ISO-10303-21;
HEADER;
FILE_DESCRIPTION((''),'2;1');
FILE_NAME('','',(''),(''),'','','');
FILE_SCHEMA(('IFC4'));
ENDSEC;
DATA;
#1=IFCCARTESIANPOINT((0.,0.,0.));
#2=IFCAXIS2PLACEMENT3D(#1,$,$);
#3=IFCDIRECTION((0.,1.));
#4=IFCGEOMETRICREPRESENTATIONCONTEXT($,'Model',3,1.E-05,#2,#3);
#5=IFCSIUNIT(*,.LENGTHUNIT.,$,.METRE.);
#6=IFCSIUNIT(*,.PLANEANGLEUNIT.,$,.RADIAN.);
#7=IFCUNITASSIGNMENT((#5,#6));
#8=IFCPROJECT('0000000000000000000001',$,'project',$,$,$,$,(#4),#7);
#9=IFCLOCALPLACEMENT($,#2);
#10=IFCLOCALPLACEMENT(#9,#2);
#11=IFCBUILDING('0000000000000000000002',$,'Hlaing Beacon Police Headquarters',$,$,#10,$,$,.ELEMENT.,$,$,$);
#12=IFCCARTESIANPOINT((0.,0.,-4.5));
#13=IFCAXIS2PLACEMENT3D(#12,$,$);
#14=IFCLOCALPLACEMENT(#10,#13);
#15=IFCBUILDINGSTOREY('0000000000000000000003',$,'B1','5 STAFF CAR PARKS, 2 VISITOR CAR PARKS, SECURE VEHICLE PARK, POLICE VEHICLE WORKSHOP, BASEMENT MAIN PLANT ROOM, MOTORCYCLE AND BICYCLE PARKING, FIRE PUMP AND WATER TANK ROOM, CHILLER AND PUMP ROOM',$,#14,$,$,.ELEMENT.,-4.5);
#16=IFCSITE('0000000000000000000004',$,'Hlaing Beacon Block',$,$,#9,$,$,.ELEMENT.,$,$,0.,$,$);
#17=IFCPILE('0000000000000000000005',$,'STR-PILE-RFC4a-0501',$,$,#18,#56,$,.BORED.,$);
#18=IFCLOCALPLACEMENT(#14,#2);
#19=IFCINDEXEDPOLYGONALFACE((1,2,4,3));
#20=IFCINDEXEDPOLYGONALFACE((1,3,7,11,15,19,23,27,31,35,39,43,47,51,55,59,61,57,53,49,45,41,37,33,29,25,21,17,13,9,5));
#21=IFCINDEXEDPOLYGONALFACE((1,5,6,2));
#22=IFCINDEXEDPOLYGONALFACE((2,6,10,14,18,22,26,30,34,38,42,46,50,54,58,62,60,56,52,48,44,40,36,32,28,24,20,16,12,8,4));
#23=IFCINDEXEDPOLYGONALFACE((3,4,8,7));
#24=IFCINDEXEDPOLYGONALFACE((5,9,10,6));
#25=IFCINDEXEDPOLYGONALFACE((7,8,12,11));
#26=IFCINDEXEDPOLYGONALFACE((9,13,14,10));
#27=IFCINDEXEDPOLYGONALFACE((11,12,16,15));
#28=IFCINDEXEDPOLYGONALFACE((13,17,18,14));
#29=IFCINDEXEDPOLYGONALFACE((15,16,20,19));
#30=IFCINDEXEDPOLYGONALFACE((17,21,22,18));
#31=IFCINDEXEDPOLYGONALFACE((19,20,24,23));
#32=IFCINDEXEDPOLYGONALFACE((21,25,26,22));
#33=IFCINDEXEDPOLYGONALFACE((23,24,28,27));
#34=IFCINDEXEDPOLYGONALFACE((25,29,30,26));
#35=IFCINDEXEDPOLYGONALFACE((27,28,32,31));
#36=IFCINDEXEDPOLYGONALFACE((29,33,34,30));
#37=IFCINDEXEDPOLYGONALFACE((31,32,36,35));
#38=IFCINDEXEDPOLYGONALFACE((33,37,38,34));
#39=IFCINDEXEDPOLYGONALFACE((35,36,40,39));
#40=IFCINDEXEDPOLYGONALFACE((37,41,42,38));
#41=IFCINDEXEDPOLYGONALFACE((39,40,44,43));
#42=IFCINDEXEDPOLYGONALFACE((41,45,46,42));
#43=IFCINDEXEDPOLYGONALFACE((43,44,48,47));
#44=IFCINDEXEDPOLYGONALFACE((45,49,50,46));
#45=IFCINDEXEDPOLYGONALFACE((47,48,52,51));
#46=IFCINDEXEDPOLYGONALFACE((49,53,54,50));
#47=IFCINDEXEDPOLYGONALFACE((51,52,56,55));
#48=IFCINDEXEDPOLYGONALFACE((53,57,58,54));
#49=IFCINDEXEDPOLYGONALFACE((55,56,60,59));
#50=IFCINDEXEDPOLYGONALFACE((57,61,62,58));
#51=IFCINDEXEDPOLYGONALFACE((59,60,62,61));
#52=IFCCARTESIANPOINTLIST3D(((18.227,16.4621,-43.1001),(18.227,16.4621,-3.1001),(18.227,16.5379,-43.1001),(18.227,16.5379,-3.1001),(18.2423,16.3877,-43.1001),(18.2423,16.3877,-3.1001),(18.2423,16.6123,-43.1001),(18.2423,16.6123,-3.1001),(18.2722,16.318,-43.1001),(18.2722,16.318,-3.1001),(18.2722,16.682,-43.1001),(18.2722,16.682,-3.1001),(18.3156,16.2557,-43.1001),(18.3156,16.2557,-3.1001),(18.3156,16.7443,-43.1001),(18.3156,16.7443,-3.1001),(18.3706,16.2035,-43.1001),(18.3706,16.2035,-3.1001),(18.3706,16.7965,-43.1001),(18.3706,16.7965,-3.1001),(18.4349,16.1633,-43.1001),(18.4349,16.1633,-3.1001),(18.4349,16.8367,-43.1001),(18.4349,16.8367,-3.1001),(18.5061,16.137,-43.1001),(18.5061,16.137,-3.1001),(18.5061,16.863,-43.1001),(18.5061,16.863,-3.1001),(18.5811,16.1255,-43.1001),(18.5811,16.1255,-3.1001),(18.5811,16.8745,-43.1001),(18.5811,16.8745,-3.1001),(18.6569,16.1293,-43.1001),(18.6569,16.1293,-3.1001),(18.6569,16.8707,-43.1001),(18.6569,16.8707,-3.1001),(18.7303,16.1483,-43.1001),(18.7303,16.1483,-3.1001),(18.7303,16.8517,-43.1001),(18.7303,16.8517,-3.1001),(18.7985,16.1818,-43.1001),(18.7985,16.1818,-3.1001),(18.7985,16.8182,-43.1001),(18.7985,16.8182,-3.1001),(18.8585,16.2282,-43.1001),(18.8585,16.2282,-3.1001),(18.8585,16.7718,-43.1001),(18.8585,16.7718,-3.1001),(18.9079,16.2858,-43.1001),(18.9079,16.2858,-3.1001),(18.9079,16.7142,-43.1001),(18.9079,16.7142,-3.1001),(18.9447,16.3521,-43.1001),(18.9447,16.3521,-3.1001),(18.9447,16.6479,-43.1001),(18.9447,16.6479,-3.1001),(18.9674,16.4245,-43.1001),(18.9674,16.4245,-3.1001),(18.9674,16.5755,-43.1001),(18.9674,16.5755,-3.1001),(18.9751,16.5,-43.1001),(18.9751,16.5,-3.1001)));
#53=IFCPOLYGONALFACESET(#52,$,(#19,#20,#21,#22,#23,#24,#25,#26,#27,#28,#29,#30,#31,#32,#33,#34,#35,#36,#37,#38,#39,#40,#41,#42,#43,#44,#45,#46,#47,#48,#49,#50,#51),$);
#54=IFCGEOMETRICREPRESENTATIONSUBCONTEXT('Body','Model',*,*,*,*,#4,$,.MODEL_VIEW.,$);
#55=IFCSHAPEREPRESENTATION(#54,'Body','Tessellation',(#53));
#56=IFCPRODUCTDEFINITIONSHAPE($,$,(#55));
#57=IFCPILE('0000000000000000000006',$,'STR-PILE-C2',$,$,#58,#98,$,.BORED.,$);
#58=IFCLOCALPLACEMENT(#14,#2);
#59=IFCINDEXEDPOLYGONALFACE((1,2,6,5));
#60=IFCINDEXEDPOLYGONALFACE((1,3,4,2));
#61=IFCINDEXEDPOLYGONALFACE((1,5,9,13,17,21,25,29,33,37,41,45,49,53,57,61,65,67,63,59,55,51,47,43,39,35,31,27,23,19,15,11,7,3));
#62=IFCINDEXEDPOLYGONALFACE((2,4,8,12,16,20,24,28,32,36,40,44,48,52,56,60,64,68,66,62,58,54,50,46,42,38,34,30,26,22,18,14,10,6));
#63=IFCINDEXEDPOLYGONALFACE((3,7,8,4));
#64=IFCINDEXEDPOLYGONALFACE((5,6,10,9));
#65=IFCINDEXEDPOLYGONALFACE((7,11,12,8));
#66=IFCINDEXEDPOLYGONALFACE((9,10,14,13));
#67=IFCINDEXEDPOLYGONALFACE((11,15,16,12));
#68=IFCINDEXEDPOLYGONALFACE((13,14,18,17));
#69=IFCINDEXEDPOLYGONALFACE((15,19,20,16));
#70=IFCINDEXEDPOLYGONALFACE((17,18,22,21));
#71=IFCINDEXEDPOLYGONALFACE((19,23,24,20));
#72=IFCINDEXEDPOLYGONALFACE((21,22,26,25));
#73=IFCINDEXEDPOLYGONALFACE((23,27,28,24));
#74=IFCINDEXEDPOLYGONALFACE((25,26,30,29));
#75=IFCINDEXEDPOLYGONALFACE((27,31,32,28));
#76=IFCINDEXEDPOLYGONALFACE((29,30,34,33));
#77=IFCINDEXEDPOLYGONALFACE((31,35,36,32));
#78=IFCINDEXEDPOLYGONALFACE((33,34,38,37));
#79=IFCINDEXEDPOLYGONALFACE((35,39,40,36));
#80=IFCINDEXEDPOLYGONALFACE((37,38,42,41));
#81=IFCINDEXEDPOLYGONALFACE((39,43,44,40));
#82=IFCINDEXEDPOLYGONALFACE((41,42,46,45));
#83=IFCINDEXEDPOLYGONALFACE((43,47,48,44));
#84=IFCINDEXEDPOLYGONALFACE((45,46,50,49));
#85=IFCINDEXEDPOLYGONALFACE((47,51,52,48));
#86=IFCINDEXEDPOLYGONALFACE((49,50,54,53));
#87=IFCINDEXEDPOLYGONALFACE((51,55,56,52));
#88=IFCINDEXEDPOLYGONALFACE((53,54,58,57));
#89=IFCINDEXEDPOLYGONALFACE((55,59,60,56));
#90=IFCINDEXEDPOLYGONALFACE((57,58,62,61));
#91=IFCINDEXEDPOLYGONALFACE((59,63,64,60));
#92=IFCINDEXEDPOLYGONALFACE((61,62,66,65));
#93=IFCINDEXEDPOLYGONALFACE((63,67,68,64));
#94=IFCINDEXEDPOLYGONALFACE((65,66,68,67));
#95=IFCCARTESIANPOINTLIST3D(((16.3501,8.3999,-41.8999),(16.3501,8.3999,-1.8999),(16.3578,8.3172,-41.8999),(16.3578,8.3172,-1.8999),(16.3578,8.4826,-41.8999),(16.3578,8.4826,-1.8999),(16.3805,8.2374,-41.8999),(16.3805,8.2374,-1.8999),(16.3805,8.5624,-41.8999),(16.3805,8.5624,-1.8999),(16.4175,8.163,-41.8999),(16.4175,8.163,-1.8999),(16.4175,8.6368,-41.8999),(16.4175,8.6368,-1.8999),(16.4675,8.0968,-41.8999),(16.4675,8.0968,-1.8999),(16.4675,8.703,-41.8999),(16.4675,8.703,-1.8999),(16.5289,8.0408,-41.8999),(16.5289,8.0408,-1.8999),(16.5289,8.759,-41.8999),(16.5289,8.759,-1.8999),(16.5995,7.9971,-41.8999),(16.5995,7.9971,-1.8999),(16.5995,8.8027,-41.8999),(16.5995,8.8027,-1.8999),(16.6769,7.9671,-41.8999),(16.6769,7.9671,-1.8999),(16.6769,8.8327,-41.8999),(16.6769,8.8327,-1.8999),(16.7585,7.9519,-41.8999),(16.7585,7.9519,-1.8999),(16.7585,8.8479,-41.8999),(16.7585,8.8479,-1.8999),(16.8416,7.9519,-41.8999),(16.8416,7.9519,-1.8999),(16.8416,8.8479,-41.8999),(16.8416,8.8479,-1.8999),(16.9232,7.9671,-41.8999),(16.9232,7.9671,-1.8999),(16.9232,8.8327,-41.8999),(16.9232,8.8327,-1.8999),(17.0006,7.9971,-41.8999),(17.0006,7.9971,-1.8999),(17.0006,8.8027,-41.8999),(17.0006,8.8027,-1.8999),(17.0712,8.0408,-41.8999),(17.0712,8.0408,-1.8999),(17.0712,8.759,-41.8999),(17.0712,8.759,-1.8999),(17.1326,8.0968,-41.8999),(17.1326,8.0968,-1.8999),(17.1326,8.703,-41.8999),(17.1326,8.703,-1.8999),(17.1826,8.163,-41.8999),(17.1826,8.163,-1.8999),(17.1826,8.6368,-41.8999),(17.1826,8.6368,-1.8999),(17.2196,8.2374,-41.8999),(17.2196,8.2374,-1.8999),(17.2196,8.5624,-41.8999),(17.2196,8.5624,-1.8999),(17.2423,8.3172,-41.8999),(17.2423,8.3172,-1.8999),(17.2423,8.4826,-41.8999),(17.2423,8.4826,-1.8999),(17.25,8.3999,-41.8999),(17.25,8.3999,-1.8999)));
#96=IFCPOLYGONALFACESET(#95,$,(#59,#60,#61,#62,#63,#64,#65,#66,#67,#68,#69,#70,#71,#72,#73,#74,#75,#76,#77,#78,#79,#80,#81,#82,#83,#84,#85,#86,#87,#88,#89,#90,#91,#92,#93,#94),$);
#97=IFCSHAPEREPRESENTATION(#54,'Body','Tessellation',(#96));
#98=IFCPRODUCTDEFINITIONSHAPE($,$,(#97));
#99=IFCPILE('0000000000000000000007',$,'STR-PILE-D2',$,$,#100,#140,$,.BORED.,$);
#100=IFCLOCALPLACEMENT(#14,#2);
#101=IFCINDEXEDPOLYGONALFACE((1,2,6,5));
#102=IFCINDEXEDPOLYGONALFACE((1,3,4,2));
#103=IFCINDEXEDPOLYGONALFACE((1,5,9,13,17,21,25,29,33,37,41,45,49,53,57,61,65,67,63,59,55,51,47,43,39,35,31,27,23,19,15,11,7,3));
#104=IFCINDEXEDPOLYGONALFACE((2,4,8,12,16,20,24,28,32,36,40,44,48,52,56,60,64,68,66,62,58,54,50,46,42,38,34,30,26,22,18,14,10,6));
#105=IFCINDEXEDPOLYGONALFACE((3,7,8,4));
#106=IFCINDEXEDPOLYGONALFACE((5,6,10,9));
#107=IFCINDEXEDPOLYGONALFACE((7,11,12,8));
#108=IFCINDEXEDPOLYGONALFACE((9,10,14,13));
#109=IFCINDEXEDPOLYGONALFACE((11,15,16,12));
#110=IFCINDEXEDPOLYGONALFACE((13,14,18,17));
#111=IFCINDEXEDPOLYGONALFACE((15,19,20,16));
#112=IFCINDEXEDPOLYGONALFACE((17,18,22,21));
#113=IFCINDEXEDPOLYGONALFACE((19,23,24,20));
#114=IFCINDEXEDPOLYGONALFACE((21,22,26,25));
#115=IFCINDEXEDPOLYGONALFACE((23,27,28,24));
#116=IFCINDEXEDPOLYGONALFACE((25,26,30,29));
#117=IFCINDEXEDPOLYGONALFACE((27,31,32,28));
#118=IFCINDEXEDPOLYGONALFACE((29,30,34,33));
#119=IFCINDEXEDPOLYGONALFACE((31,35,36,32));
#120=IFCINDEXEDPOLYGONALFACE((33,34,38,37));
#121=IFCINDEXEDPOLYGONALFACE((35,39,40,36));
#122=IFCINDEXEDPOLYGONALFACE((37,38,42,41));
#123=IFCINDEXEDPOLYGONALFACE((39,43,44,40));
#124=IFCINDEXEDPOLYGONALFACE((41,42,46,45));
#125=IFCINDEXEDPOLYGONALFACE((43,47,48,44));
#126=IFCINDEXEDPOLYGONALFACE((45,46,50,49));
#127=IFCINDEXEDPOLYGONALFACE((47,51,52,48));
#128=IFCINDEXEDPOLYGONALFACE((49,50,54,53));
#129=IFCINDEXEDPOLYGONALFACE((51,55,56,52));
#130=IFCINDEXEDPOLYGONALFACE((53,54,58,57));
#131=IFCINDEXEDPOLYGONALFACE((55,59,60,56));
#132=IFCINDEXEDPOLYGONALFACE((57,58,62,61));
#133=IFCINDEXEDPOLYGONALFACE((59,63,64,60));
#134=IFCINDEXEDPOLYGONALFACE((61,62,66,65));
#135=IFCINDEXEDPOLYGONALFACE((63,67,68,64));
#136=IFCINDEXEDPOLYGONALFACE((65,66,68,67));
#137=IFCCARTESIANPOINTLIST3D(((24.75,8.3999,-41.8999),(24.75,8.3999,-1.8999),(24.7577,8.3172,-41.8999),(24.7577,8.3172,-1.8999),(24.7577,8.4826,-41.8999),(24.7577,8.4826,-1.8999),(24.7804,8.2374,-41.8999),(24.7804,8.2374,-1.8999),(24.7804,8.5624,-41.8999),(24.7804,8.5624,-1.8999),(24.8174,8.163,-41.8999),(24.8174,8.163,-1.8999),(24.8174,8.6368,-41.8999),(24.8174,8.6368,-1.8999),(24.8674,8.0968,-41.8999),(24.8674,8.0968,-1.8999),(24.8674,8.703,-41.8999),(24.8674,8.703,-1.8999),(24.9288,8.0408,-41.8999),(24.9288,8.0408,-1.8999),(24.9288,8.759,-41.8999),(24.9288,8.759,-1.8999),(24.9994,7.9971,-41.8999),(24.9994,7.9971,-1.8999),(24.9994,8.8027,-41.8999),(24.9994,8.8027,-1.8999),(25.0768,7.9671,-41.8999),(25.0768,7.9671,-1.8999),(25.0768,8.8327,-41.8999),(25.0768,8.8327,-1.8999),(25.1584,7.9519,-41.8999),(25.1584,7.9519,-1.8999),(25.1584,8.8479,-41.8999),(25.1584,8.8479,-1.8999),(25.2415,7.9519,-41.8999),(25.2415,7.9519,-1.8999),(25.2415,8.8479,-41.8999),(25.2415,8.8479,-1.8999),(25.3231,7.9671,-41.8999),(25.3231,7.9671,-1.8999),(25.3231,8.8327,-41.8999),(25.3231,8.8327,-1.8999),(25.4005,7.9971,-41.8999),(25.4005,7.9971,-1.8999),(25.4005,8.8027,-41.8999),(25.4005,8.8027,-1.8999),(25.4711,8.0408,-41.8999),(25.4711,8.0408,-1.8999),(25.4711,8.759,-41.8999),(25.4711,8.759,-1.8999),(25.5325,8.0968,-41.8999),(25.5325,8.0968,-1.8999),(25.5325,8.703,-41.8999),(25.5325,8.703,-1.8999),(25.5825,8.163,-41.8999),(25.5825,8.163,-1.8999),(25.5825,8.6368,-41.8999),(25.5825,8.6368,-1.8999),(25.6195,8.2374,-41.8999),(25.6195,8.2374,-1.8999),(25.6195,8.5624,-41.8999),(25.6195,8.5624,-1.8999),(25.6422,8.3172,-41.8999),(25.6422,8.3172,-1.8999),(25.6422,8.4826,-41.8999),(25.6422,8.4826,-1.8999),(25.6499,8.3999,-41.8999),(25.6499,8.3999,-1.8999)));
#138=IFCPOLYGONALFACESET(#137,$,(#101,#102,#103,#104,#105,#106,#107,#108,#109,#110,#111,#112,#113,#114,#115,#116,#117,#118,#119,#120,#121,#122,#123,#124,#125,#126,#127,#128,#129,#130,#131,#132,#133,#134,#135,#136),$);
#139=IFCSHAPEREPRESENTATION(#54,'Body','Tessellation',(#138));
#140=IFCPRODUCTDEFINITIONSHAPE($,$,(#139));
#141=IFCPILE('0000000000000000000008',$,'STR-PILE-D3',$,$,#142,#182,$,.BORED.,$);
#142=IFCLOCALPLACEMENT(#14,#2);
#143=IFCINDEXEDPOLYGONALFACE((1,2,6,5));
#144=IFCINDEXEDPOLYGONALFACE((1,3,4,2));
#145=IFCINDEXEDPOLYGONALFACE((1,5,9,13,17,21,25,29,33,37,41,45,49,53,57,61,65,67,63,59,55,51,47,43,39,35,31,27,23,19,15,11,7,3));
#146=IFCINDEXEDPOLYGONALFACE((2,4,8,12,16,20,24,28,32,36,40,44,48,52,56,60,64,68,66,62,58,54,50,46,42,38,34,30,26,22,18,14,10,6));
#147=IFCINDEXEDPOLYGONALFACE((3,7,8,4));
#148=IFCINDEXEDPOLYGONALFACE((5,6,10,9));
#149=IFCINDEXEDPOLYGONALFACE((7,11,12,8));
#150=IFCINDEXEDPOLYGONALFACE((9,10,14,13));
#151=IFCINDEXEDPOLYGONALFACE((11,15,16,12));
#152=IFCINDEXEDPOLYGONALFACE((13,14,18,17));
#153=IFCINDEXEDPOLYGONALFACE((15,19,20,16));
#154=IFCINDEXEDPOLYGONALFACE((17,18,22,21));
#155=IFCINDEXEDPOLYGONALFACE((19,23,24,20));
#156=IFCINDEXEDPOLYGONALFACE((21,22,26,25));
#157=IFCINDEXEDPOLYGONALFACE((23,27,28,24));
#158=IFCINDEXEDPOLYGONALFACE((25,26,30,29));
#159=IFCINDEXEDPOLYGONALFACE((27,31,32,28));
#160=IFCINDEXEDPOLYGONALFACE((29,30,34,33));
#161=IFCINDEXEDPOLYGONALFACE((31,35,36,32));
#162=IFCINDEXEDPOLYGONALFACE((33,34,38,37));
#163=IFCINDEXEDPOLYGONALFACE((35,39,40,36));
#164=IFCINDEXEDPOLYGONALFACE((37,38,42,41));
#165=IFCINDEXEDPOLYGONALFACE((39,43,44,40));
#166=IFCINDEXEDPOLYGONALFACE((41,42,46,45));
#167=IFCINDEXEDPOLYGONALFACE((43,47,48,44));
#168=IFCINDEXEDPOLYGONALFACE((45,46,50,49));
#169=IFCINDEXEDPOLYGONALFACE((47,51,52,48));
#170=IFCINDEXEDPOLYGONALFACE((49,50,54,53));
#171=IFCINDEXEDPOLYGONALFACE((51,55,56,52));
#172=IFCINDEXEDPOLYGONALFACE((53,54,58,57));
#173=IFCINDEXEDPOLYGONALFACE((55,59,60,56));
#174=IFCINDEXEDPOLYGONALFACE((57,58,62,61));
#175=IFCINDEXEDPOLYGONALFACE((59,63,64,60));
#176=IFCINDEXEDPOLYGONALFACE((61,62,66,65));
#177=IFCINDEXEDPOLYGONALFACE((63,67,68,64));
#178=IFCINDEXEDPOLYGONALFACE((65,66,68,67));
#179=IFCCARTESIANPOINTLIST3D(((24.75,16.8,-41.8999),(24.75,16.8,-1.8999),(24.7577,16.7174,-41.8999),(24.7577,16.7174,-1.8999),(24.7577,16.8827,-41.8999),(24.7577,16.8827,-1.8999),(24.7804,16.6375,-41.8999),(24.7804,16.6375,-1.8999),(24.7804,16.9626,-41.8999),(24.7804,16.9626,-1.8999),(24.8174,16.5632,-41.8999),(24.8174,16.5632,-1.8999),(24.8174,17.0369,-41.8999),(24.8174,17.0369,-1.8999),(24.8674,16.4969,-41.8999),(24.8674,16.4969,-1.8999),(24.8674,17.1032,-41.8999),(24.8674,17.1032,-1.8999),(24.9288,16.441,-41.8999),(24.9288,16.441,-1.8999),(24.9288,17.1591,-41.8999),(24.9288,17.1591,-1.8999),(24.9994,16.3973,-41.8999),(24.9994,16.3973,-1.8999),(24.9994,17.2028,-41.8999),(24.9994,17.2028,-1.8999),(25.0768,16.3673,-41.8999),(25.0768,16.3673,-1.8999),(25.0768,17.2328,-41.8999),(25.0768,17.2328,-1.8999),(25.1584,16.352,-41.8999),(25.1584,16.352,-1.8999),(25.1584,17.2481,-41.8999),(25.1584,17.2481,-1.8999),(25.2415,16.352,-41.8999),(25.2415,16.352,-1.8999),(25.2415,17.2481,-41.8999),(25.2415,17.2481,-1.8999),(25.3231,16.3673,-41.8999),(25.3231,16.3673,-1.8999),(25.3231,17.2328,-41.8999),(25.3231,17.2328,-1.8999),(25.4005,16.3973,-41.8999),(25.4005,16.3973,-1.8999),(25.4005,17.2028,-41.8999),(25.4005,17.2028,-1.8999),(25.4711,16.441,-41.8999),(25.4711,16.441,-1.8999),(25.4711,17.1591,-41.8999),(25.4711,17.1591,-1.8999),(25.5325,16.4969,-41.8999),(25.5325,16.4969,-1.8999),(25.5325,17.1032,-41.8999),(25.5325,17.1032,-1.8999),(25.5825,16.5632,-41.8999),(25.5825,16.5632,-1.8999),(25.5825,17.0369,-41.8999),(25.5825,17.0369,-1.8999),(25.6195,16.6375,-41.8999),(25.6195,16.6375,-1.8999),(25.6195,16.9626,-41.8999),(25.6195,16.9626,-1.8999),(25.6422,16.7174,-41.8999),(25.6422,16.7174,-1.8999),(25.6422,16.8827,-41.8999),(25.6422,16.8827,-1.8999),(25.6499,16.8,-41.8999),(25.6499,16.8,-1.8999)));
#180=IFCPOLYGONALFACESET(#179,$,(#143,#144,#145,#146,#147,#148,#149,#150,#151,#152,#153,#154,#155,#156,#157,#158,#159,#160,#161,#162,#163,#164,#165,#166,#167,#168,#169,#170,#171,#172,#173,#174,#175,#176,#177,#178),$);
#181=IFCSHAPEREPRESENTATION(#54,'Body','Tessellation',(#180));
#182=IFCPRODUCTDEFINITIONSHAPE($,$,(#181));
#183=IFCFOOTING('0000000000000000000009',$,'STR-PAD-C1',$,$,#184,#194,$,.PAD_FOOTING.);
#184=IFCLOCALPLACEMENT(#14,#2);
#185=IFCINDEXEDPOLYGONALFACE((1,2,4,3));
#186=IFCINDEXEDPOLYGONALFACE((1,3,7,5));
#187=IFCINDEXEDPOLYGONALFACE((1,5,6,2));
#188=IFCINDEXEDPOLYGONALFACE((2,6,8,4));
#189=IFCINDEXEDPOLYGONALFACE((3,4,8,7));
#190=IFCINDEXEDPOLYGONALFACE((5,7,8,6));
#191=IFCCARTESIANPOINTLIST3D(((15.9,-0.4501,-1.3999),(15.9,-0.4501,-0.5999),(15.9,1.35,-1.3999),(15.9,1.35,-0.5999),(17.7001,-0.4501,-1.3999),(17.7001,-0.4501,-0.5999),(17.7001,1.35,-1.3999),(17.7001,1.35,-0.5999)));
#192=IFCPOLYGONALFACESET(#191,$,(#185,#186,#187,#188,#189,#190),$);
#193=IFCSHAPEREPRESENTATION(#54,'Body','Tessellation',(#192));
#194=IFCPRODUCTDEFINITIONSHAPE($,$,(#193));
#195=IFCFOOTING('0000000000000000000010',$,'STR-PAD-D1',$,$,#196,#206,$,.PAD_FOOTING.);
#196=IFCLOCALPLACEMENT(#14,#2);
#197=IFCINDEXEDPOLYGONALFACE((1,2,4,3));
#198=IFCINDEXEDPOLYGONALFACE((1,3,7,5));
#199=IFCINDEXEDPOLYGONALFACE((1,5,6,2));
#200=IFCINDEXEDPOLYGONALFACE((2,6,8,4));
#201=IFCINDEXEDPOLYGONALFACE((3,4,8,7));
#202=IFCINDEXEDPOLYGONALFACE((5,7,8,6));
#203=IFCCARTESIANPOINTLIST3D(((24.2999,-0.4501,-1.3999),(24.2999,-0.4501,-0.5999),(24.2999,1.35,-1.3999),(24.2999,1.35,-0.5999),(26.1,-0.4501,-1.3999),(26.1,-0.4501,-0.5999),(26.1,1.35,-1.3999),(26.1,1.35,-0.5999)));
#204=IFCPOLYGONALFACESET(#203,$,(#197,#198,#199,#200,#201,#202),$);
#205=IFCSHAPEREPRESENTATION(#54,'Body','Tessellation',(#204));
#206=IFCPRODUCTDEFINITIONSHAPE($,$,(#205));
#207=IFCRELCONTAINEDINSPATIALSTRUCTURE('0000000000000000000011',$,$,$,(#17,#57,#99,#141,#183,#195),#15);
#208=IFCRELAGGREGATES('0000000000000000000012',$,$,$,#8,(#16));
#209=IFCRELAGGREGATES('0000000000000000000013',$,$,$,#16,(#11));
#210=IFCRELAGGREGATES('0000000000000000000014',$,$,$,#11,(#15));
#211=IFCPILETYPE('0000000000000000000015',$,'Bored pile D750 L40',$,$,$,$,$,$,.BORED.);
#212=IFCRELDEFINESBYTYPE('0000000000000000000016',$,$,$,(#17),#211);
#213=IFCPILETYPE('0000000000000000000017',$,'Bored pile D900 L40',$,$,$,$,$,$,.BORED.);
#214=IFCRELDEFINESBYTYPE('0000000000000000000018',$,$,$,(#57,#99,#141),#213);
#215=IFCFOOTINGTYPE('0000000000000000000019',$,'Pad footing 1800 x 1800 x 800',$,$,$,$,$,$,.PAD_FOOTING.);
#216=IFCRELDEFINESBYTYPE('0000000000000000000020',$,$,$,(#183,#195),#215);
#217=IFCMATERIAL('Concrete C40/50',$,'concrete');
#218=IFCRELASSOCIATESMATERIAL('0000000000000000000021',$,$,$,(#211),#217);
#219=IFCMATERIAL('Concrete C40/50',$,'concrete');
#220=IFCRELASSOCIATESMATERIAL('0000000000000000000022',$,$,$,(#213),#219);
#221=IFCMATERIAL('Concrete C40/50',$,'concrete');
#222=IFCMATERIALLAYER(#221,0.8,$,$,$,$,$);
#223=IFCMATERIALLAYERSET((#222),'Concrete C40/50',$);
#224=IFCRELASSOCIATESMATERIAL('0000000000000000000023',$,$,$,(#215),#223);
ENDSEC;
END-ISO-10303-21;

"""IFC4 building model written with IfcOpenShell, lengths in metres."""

from ifc_helpers import new_model, si_unit, direction, frame, origin, origin_2d, place, context, subcontext, project, spatial, rectangle, circle, extrude, material, layer, layer_set, material_profile, profile_set, type_object, element, save


model = new_model("IFC4")

# Units and contexts
model_context = context("Model", 3, precision=1e-05, world=origin(), true_north=direction((0.0, 1.0)))
body_context = subcontext(model_context, "Body", "Model", "MODEL_VIEW")
ifc_project = project(units=[si_unit("LENGTHUNIT", "METRE"), si_unit("PLANEANGLEUNIT", "RADIAN")], contexts=[model_context])

# Site, building, storey
site_placement = place(None, origin())
site = spatial("IfcSite", under=ifc_project, at=site_placement, Name="Hlaing Beacon Block", CompositionType="ELEMENT", RefElevation=0.0)
building_placement = place(site_placement, origin())
building = spatial("IfcBuilding", under=site, at=building_placement, Name="Hlaing Beacon Police Headquarters", CompositionType="ELEMENT")
storey_placement = place(building_placement, frame((0.0, 0.0, -4.5)))
storey = spatial("IfcBuildingStorey", under=building, at=storey_placement, Name="B1", Description="5 STAFF CAR PARKS, 2 VISITOR CAR PARKS, SECURE VEHICLE PARK, POLICE VEHICLE WORKSHOP, BASEMENT MAIN PLANT ROOM, MOTORCYCLE AND BICYCLE PARKING, FIRE PUMP AND WATER TANK ROOM, CHILLER AND PUMP ROOM", CompositionType="ELEMENT", Elevation=-4.5)

# Piles
ifc_material_1 = material(Name="Concrete C40/50", Category="concrete")
ifc_material_profile_1 = material_profile(ifc_material_1, circle(Radius=0.375, at=origin_2d()), Name="D750")
ifc_profile_set_1 = profile_set([ifc_material_profile_1], Name="Concrete C40/50")
pile_type_1 = type_object("IfcPileType", Name="Bored pile D750 L40", PredefinedType="BORED", material=ifc_profile_set_1)
for number, where, z_axis, x_axis, name in (
    (1, (18.6001, 16.5, -3.1001), (0.0, 0.0, -1.0), (1.0, 0.0, 0.0), "STR-PILE-RFC4a-0501"),
):
    element("IfcPile", number, at=place(storey_placement, frame(where, z_axis=z_axis, x_axis=x_axis)), inside=storey, type_object=pile_type_1, Name=name, PredefinedType="BORED", context=body_context, shape_type="SweptSolid", body=[
        extrude(circle(Radius=0.375, at=origin_2d()), origin(), (0.0, 0.0, 1.0), 40.0),
    ])
ifc_material_2 = material(Name="Concrete C40/50", Category="concrete")
ifc_material_profile_2 = material_profile(ifc_material_2, circle(Radius=0.45, at=origin_2d()), Name="D900")
ifc_profile_set_2 = profile_set([ifc_material_profile_2], Name="Concrete C40/50")
pile_type_2 = type_object("IfcPileType", Name="Bored pile D900 L40", PredefinedType="BORED", material=ifc_profile_set_2)
for number, where, z_axis, x_axis, name in (
    (2, (16.8, 8.3999, -1.8999), (0.0, 0.0, -1.0), (1.0, 0.0, 0.0), "STR-PILE-C2"),
    (3, (25.2, 8.3999, -1.8999), (0.0, 0.0, -1.0), (1.0, 0.0, 0.0), "STR-PILE-D2"),
    (4, (25.2, 16.8, -1.8999), (0.0, 0.0, -1.0), (1.0, 0.0, 0.0), "STR-PILE-D3"),
):
    element("IfcPile", number, at=place(storey_placement, frame(where, z_axis=z_axis, x_axis=x_axis)), inside=storey, type_object=pile_type_2, Name=name, PredefinedType="BORED", context=body_context, shape_type="SweptSolid", body=[
        extrude(circle(Radius=0.45, at=origin_2d()), origin(), (0.0, 0.0, 1.0), 40.0),
    ])

# Footings
ifc_material_3 = material(Name="Concrete C40/50", Category="concrete")
ifc_layer_1 = layer(ifc_material_3, 0.8)
ifc_layer_set_1 = layer_set([ifc_layer_1], Name="Concrete C40/50")
footing_type_1 = type_object("IfcFootingType", Name="Pad footing 1800 x 1800 x 800", PredefinedType="PAD_FOOTING", material=ifc_layer_set_1)
for number, where, z_axis, x_axis, name in (
    (5, (16.8, 0.45, -1.3999), (0.0, 0.0, 1.0), (1.0, 0.0, 0.0), "STR-PAD-C1"),
    (6, (25.2, 0.45, -1.3999), (0.0, 0.0, 1.0), (1.0, 0.0, 0.0), "STR-PAD-D1"),
):
    element("IfcFooting", number, at=place(storey_placement, frame(where, z_axis=z_axis, x_axis=x_axis)), inside=storey, type_object=footing_type_1, Name=name, PredefinedType="PAD_FOOTING", context=body_context, shape_type="SweptSolid", body=[
        extrude(rectangle(XDim=1.8, YDim=1.8, at=origin_2d()), origin(), (0.0, 0.0, 1.0), 0.8),
    ])

save(model, "model.ifc")
